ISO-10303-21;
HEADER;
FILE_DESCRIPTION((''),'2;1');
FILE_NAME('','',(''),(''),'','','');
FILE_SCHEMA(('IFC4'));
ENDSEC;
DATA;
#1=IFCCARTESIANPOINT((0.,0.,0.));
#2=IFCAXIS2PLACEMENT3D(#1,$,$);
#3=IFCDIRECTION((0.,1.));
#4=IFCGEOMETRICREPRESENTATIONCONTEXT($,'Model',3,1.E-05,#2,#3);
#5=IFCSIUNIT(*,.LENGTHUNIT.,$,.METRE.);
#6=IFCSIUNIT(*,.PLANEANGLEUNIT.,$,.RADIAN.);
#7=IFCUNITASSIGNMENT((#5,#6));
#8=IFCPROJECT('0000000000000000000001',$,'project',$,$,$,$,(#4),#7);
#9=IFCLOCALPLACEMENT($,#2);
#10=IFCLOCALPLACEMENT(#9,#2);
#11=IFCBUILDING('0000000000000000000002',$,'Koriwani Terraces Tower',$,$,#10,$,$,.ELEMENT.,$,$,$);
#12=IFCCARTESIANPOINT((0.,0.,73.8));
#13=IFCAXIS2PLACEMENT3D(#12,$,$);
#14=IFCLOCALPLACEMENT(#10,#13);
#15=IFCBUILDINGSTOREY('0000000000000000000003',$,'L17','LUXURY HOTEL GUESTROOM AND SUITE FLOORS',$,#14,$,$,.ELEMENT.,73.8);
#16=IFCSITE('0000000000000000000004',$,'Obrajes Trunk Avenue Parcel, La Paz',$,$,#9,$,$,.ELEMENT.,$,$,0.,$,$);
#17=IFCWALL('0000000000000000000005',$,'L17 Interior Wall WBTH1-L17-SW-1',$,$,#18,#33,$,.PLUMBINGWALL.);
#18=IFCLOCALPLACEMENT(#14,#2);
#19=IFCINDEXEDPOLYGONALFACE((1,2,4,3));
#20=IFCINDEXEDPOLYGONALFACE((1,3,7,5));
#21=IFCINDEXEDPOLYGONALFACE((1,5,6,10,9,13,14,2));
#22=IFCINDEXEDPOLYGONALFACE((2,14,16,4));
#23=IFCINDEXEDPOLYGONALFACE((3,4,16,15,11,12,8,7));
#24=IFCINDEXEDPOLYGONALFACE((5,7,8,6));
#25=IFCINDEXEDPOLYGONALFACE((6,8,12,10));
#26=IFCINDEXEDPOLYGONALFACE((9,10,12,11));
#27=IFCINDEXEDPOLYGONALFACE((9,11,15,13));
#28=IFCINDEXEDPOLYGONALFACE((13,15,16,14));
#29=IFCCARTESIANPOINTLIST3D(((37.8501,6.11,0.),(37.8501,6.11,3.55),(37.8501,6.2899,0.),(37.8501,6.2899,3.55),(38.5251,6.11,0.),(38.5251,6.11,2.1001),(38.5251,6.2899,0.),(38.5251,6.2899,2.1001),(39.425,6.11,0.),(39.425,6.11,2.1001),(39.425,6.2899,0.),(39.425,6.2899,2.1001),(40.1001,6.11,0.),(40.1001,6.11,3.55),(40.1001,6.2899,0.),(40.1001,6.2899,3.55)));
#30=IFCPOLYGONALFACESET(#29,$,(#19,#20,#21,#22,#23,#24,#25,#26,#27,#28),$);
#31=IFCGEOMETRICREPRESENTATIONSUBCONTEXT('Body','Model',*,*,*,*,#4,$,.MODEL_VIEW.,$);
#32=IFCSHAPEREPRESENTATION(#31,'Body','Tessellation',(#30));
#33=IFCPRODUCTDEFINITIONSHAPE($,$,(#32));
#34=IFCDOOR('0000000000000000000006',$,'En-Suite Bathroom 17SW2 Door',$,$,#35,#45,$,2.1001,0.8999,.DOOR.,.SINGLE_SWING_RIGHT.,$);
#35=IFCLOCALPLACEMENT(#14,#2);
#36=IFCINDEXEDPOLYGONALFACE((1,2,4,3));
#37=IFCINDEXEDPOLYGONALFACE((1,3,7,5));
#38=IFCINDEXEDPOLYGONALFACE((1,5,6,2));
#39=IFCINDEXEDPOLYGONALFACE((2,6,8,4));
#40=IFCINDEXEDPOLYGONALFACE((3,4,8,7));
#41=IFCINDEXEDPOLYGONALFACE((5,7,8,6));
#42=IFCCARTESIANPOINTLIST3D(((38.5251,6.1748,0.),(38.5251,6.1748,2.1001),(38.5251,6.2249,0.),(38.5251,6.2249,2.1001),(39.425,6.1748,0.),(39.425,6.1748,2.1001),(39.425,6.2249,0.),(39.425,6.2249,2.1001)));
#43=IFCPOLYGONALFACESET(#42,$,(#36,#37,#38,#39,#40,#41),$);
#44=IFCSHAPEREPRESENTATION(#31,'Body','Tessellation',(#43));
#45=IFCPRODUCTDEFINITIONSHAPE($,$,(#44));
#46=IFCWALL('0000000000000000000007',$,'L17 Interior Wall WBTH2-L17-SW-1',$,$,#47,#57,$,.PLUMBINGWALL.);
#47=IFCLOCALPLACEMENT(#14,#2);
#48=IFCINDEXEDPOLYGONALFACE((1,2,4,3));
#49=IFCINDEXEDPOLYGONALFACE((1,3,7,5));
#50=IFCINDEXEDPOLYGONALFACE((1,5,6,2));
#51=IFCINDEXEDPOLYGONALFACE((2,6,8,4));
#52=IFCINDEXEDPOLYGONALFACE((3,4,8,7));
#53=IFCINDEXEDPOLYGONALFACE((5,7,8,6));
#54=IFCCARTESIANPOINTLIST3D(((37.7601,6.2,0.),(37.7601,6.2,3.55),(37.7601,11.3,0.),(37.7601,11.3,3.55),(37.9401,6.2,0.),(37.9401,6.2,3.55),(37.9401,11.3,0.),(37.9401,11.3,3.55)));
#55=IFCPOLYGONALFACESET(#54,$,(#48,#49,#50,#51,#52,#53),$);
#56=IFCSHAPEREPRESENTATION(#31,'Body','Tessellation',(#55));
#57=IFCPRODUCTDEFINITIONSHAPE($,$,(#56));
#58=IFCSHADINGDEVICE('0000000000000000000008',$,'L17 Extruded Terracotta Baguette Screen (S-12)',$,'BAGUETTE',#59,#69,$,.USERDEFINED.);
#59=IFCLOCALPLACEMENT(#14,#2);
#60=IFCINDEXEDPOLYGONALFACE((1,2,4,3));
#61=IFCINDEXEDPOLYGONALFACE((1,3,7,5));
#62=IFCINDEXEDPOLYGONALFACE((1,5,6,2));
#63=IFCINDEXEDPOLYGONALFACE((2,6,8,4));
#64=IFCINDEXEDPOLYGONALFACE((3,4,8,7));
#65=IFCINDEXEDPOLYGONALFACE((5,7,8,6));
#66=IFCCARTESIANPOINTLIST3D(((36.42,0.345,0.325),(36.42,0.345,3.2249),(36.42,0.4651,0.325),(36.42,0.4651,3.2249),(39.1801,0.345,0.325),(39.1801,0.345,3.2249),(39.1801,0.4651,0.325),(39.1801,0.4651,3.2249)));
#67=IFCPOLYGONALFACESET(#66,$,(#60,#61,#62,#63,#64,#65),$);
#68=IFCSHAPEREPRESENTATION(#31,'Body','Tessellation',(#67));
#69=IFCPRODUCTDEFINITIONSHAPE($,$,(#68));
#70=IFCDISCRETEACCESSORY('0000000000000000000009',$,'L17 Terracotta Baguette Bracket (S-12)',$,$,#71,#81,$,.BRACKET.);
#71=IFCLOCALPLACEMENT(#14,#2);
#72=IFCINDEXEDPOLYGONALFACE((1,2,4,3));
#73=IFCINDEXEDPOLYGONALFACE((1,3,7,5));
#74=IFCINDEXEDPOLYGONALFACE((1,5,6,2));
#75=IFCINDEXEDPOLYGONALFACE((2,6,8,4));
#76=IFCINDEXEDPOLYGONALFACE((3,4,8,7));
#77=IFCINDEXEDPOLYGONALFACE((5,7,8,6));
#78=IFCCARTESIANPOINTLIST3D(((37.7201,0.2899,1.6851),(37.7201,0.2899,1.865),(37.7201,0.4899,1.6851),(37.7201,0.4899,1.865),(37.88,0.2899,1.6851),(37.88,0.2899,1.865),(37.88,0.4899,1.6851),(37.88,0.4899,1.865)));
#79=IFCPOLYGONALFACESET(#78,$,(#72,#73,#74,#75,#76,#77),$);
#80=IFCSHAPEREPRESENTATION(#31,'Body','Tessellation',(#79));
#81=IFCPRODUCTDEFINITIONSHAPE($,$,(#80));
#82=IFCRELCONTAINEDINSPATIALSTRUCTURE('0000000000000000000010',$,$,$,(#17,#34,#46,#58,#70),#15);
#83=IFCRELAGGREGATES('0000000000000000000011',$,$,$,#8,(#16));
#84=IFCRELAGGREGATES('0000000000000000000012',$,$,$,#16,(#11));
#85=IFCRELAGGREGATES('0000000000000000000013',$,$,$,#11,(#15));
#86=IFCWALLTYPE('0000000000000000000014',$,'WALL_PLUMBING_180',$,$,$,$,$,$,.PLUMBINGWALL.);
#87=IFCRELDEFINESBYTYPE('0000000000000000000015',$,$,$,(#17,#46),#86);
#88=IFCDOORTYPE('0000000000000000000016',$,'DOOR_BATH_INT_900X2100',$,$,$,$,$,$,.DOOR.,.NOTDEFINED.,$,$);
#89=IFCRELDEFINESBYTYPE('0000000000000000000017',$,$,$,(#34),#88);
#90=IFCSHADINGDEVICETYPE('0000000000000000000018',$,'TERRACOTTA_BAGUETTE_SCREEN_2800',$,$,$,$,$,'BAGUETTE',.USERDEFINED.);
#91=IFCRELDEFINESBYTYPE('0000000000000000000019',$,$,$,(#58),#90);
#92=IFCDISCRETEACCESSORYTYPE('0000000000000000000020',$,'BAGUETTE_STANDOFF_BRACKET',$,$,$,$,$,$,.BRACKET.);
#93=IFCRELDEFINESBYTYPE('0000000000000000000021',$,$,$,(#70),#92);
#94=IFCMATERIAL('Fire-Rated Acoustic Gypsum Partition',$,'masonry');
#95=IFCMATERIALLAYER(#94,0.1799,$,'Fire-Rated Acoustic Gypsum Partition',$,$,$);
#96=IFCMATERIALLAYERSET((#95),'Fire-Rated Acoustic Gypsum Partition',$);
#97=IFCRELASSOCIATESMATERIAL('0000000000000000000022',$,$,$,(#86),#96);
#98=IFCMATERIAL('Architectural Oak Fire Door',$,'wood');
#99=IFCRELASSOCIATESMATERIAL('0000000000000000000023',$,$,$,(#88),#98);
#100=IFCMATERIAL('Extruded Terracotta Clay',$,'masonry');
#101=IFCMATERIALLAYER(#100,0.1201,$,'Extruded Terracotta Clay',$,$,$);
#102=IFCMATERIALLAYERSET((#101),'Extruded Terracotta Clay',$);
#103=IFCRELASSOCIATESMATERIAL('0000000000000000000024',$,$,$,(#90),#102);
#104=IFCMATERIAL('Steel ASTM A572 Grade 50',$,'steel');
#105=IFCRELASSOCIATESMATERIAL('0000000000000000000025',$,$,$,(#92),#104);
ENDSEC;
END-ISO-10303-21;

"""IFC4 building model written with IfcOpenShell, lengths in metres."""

from ifc_helpers import new_model, si_unit, direction, frame, frame_2d, origin, origin_2d, place, context, subcontext, project, spatial, rectangle, extrude, material, layer, layer_set, type_object, element, fill, save


model = new_model("IFC4")

# Units and contexts
model_context = context("Model", 3, precision=1e-05, world=origin(), true_north=direction((0.0, 1.0)))
body_context = subcontext(model_context, "Body", "Model", "MODEL_VIEW")
ifc_project = project(units=[si_unit("LENGTHUNIT", "METRE"), si_unit("PLANEANGLEUNIT", "RADIAN")], contexts=[model_context])

# Site, building, storey
site_placement = place(None, origin())
site = spatial("IfcSite", under=ifc_project, at=site_placement, Name="Obrajes Trunk Avenue Parcel, La Paz", CompositionType="ELEMENT", RefElevation=0.0)
building_placement = place(site_placement, origin())
building = spatial("IfcBuilding", under=site, at=building_placement, Name="Koriwani Terraces Tower", CompositionType="ELEMENT")
storey_placement = place(building_placement, frame((0.0, 0.0, 73.8)))
storey = spatial("IfcBuildingStorey", under=building, at=storey_placement, Name="L17", Description="LUXURY HOTEL GUESTROOM AND SUITE FLOORS", CompositionType="ELEMENT", Elevation=73.8)

# Shared definitions
ifc_material_1 = material(Name="Steel ASTM A572 Grade 50", Category="steel")

# Shared definitions
ifc_material_2 = material(Name="Architectural Oak Fire Door", Category="wood")

# Shared definitions
ifc_material_3 = material(Name="Fire-Rated Acoustic Gypsum Partition", Category="masonry")
ifc_layer_1 = layer(ifc_material_3, 0.1799, Name="Fire-Rated Acoustic Gypsum Partition")
ifc_layer_set_1 = layer_set([ifc_layer_1], Name="Fire-Rated Acoustic Gypsum Partition")
wall_type_1 = type_object("IfcWallType", Name="WALL_PLUMBING_180", PredefinedType="PLUMBINGWALL", material=ifc_layer_set_1)

# Wall, opening, door
wall_1_placement = place(storey_placement, frame((37.8501, 6.2, 0.0), z_axis=(0.0, 0.0, 1.0), x_axis=(1.0, 0.0, 0.0)))
wall_1 = element("IfcWall", 1, at=wall_1_placement, inside=storey, type_object=wall_type_1, Name="L17 Interior Wall WBTH1-L17-SW-1", PredefinedType="PLUMBINGWALL", context=body_context, shape_type="SweptSolid", body=[
    extrude(rectangle(XDim=2.25, YDim=0.1799, at=frame_2d((1.125, 0.0))), origin(), (0.0, 0.0, 1.0), 3.55),
])
opening_1_placement = place(wall_1_placement, frame((0.675, 0.0, 0.0)))
opening_1 = element("IfcOpeningElement", 2, at=opening_1_placement, cuts=wall_1, PredefinedType="OPENING", context=body_context, shape_type="SweptSolid", body=[
    extrude(rectangle(XDim=0.8999, YDim=2.1001, at=frame_2d((0.45, 1.05))), frame((0.0, 0.1001, 0.0), z_axis=(0.0, -1.0, 0.0), x_axis=(1.0, 0.0, 0.0)), (0.0, 0.0, 1.0), 0.2),
])
door_type_1 = type_object("IfcDoorType", Name="DOOR_BATH_INT_900X2100", OperationType="NOTDEFINED", PredefinedType="DOOR", material=ifc_material_2)
door_1_placement = place(opening_1_placement, origin())
door_1 = element("IfcDoor", 3, at=door_1_placement, inside=storey, type_object=door_type_1, Name="En-Suite Bathroom 17SW2 Door", OperationType="SINGLE_SWING_RIGHT", OverallHeight=2.1001, OverallWidth=0.8999, PredefinedType="DOOR", context=body_context, shape_type="SweptSolid", body=[
    extrude(rectangle(XDim=0.8999, YDim=2.1001, at=frame_2d((0.45, 1.05))), frame((0.0, 0.0249, 0.0), z_axis=(0.0, -1.0, 0.0), x_axis=(1.0, 0.0, 0.0)), (0.0, 0.0, 1.0), 0.05),
])
fill(opening_1, door_1)

# Wall
wall_2_placement = place(storey_placement, frame((37.8501, 6.2, 0.0), z_axis=(0.0, 0.0, 1.0), x_axis=(0.0, 1.0, 0.0)))
element("IfcWall", 4, at=wall_2_placement, inside=storey, type_object=wall_type_1, Name="L17 Interior Wall WBTH2-L17-SW-1", PredefinedType="PLUMBINGWALL", context=body_context, shape_type="SweptSolid", body=[
    extrude(rectangle(XDim=5.1001, YDim=0.1799, at=frame_2d((2.55, 0.0))), origin(), (0.0, 0.0, 1.0), 3.55),
])

# Shading device
ifc_material_4 = material(Name="Extruded Terracotta Clay", Category="masonry")
ifc_layer_2 = layer(ifc_material_4, 0.1201, Name="Extruded Terracotta Clay")
ifc_layer_set_2 = layer_set([ifc_layer_2], Name="Extruded Terracotta Clay")
shading_device_type = type_object("IfcShadingDeviceType", Name="TERRACOTTA_BAGUETTE_SCREEN_2800", ElementType="BAGUETTE", PredefinedType="USERDEFINED", material=ifc_layer_set_2)
shading_device_placement = place(storey_placement, frame((37.8, 0.405, 0.325), z_axis=(0.0, 0.0, 1.0), x_axis=(-1.0, 0.0, 0.0)))
element("IfcShadingDevice", 5, at=shading_device_placement, inside=storey, type_object=shading_device_type, Name="L17 Extruded Terracotta Baguette Screen (S-12)", ObjectType="BAGUETTE", PredefinedType="USERDEFINED", context=body_context, shape_type="SweptSolid", body=[
    extrude(rectangle(XDim=2.76, YDim=0.1201, at=origin_2d()), origin(), (0.0, 0.0, 1.0), 2.8999),
])

# Discrete accessory
discrete_accessory_type = type_object("IfcDiscreteAccessoryType", Name="BAGUETTE_STANDOFF_BRACKET", PredefinedType="BRACKET", material=ifc_material_1)
discrete_accessory_placement = place(storey_placement, frame((37.8, 0.3899, 1.6851), z_axis=(0.0, 0.0, 1.0), x_axis=(-1.0, 0.0, 0.0)))
element("IfcDiscreteAccessory", 6, at=discrete_accessory_placement, inside=storey, type_object=discrete_accessory_type, Name="L17 Terracotta Baguette Bracket (S-12)", PredefinedType="BRACKET", context=body_context, shape_type="SweptSolid", body=[
    extrude(rectangle(XDim=0.1599, YDim=0.2, at=origin_2d()), origin(), (0.0, 0.0, 1.0), 0.1799),
])

save(model, "model.ifc")
